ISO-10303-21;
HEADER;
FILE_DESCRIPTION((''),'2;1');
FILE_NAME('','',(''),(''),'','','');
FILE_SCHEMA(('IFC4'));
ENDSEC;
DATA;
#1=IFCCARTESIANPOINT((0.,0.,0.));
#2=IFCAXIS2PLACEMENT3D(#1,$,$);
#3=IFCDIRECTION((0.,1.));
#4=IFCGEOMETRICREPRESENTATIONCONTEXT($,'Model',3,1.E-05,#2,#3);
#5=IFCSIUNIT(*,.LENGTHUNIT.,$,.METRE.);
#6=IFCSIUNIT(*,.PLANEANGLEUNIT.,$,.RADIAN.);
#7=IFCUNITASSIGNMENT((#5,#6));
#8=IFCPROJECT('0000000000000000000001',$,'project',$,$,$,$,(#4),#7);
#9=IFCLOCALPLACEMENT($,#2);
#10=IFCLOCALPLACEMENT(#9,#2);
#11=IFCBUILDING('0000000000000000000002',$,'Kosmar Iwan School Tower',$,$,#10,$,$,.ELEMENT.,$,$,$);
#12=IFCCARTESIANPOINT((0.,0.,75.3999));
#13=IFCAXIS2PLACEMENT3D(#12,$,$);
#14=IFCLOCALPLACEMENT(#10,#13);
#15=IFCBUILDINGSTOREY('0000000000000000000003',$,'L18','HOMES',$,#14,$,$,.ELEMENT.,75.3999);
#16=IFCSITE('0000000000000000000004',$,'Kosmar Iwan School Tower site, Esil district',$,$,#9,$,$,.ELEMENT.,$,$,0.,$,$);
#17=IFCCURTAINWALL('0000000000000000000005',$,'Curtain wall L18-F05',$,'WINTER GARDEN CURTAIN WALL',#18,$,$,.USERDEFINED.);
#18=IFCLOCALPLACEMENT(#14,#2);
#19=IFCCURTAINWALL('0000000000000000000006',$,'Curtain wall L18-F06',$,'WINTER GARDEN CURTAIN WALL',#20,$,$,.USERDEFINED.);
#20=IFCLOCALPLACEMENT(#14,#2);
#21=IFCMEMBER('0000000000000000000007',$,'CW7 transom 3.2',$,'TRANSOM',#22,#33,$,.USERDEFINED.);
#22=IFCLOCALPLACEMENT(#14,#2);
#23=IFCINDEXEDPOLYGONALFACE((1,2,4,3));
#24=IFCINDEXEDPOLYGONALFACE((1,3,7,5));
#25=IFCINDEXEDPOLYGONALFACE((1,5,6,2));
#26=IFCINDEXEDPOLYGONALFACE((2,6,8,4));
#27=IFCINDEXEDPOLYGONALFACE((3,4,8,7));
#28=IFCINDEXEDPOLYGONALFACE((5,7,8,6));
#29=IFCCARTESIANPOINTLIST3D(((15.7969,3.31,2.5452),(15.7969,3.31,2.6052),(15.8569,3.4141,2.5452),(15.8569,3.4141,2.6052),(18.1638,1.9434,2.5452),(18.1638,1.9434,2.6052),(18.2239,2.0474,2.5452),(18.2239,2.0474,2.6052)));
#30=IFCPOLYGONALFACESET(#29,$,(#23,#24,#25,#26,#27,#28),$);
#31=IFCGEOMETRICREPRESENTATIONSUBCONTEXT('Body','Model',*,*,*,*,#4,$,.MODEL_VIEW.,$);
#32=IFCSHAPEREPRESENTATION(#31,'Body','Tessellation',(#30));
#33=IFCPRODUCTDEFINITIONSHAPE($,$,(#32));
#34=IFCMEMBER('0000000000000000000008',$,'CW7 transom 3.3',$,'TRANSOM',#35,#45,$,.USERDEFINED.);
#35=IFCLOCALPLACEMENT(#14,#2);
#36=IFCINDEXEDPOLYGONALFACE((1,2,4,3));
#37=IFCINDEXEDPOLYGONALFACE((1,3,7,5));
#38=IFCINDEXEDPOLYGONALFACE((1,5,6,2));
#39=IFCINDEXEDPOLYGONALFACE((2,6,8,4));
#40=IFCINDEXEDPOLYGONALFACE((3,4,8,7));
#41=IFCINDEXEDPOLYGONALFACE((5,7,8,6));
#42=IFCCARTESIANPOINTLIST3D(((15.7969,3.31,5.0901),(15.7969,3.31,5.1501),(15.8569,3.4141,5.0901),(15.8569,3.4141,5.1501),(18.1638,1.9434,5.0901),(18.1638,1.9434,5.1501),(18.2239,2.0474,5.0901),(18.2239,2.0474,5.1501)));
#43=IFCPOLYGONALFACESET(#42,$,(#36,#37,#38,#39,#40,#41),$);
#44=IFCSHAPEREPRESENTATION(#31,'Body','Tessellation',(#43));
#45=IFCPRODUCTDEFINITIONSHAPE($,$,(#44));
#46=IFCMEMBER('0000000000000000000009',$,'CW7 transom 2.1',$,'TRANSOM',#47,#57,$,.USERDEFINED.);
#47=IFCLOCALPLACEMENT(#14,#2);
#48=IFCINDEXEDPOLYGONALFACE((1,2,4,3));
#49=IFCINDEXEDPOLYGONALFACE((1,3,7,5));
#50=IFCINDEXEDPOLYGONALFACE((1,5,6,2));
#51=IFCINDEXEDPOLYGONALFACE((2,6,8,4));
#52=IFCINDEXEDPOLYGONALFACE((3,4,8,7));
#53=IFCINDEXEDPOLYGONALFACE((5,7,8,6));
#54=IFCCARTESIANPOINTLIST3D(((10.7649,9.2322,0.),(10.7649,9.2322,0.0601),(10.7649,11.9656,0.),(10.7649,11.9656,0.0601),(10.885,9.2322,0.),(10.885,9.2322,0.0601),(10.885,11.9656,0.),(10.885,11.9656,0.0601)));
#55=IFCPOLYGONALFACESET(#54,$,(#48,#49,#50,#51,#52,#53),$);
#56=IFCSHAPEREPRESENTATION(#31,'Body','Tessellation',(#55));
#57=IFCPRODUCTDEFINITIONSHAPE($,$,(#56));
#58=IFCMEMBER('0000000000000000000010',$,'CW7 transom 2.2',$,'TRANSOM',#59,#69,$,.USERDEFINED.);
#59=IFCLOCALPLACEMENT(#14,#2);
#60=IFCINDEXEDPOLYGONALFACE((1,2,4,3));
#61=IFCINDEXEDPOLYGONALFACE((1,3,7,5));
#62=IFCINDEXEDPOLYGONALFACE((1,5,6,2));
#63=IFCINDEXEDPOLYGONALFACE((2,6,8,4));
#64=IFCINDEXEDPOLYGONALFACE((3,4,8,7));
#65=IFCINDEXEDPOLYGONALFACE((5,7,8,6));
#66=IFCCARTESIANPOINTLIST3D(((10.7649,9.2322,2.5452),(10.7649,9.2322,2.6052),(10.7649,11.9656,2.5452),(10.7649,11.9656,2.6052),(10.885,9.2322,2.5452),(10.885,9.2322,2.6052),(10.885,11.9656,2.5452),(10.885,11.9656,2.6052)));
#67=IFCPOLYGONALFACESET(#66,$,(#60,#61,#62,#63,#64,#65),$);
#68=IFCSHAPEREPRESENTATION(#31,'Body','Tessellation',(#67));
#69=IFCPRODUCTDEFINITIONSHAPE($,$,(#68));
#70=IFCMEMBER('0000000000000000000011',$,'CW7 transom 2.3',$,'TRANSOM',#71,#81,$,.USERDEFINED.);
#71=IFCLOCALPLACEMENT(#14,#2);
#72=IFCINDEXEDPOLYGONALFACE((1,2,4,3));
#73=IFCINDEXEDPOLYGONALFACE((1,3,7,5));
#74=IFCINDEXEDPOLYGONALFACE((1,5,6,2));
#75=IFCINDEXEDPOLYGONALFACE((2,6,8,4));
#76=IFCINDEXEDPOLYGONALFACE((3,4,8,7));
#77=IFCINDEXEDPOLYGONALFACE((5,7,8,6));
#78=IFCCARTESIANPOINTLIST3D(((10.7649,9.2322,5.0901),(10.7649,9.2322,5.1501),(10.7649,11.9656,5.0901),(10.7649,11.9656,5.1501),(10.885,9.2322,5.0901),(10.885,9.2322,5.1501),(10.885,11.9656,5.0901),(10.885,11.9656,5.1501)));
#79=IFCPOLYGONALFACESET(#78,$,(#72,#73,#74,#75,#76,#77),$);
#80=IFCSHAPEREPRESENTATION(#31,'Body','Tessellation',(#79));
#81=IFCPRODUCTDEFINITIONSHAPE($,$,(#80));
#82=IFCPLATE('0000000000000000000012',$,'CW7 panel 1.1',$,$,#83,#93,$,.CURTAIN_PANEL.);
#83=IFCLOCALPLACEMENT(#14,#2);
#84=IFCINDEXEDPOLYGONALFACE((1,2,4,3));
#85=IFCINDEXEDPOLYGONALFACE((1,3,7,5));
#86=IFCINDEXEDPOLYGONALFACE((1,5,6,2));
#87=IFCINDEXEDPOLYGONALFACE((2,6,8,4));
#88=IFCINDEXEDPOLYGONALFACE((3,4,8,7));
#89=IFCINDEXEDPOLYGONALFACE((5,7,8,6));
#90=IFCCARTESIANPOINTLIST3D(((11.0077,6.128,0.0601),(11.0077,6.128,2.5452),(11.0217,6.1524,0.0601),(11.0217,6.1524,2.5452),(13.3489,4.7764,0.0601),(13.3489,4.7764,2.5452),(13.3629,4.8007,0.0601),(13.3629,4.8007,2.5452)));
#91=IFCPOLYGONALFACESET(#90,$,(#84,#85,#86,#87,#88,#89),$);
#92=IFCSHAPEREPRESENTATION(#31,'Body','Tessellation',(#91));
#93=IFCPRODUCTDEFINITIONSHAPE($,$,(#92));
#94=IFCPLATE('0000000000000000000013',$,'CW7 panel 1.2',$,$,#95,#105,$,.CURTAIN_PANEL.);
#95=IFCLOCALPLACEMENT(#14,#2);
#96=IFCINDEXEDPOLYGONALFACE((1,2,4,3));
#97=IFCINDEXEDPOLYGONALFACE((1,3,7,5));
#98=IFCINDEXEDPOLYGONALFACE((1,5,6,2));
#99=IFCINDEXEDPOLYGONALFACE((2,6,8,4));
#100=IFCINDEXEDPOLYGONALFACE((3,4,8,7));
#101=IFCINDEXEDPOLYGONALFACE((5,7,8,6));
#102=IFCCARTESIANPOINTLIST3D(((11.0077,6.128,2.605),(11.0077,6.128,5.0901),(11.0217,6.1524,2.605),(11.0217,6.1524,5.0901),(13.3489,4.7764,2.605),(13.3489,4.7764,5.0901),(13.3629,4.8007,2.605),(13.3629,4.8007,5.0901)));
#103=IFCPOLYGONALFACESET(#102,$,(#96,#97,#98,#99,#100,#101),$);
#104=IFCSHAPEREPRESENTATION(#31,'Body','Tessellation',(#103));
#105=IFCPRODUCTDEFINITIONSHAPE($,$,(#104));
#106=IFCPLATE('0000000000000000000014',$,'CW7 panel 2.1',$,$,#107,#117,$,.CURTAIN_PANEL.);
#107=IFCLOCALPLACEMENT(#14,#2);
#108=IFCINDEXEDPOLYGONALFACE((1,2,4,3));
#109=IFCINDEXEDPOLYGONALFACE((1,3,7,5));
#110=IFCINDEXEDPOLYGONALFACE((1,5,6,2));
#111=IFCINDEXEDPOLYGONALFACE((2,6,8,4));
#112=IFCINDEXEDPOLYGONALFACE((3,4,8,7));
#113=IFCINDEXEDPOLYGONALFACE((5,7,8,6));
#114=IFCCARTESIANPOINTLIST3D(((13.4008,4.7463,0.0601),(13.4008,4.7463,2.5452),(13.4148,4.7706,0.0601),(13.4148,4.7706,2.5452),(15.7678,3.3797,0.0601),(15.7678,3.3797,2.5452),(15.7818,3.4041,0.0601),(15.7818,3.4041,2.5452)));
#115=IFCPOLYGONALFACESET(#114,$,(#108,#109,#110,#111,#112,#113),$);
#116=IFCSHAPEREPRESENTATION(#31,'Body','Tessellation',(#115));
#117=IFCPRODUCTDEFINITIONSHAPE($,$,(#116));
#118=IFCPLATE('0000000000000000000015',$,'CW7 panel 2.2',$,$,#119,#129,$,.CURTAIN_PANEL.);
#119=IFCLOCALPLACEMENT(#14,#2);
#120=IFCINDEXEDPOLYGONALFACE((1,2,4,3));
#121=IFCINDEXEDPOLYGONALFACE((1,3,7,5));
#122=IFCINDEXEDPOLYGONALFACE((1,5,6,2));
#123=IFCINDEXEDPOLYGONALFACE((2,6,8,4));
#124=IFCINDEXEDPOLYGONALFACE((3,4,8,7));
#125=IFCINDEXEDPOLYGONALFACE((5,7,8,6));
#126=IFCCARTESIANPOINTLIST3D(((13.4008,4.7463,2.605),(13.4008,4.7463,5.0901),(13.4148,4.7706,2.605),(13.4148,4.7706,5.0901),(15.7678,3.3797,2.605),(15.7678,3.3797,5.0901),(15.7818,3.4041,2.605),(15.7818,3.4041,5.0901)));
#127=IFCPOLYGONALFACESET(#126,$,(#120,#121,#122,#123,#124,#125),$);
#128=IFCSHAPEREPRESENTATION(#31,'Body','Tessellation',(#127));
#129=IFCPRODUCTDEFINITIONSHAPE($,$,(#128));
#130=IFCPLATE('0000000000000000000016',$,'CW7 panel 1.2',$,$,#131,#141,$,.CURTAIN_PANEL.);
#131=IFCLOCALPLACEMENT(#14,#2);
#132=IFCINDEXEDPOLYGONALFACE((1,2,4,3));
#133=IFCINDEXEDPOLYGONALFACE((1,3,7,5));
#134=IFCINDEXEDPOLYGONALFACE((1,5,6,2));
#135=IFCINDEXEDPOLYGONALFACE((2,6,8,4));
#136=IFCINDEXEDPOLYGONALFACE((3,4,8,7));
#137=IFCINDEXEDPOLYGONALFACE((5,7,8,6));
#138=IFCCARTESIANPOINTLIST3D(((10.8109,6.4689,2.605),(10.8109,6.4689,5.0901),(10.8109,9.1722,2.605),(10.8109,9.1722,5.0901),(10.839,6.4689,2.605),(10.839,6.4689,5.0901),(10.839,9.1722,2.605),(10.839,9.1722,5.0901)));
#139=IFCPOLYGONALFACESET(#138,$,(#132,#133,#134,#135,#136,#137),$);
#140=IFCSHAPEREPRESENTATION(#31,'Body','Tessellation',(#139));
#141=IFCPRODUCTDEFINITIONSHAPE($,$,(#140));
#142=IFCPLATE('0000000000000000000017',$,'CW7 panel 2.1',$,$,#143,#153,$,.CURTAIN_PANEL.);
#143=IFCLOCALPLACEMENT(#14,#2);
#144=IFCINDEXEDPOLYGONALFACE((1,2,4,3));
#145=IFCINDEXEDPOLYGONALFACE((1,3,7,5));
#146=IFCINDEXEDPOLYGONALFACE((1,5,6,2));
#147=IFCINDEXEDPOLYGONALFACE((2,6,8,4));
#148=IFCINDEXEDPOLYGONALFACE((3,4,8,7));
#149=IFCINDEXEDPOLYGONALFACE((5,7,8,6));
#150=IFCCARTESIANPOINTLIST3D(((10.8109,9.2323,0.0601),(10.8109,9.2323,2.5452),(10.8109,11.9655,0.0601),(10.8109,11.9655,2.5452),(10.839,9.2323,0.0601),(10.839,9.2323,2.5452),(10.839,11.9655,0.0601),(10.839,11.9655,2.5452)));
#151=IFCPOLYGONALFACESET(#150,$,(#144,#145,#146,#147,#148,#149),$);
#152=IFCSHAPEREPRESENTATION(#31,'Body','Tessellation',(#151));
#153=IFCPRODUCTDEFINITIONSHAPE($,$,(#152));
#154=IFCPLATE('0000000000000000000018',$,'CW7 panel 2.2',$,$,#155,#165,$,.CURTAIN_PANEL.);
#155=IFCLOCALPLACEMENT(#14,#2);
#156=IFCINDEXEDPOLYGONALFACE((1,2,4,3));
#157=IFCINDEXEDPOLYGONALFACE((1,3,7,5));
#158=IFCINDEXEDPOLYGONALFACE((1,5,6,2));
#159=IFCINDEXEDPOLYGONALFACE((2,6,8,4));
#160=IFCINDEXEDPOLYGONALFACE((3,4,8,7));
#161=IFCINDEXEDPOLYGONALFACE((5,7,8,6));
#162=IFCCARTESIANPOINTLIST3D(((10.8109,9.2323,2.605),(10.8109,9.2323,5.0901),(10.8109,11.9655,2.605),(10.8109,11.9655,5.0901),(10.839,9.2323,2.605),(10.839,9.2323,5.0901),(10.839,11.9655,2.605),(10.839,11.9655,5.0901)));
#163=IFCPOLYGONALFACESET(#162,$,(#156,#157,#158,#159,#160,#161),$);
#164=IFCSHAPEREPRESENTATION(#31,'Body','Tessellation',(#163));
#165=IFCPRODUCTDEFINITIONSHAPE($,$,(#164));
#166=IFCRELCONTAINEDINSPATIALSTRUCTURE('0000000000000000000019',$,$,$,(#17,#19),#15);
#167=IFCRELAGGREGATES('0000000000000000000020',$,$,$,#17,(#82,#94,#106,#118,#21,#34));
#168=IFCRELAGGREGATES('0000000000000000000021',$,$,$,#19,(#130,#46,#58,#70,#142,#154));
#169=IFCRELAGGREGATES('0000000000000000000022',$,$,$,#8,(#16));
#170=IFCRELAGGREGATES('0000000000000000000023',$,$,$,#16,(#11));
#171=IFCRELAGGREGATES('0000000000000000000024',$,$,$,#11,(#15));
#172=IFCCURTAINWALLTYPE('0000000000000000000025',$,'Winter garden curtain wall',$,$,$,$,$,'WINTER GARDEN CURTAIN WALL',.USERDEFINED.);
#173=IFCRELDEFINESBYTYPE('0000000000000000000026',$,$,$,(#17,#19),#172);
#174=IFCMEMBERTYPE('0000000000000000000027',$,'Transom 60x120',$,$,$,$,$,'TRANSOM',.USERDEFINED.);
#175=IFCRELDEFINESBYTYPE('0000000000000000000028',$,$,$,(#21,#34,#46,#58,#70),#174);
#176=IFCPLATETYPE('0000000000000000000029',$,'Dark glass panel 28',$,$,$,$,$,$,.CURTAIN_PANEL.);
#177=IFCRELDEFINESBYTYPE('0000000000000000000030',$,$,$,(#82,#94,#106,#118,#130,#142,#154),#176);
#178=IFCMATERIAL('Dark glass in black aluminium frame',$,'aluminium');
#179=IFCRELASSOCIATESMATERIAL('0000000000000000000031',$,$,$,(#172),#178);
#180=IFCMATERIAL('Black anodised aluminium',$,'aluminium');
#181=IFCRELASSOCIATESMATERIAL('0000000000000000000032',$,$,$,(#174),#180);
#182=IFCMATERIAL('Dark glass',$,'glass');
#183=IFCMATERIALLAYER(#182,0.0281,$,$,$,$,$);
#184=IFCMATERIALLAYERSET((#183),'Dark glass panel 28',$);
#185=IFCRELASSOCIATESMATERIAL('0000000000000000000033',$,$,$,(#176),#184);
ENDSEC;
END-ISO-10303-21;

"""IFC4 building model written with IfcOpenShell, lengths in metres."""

from ifc_helpers import new_model, si_unit, direction, frame, origin, origin_2d, place, context, subcontext, project, spatial, rectangle, extrude, material, layer, layer_set, material_profile, profile_set, type_object, element, aggregate, save


model = new_model("IFC4")

# Units and contexts
model_context = context("Model", 3, precision=1e-05, world=origin(), true_north=direction((0.0, 1.0)))
body_context = subcontext(model_context, "Body", "Model", "MODEL_VIEW")
ifc_project = project(units=[si_unit("LENGTHUNIT", "METRE"), si_unit("PLANEANGLEUNIT", "RADIAN")], contexts=[model_context])

# Site, building, storey
site_placement = place(None, origin())
site = spatial("IfcSite", under=ifc_project, at=site_placement, Name="Kosmar Iwan School Tower site, Esil district", CompositionType="ELEMENT", RefElevation=0.0)
building_placement = place(site_placement, origin())
building = spatial("IfcBuilding", under=site, at=building_placement, Name="Kosmar Iwan School Tower", CompositionType="ELEMENT")
storey_placement = place(building_placement, frame((0.0, 0.0, 75.3999)))
storey = spatial("IfcBuildingStorey", under=building, at=storey_placement, Name="L18", Description="HOMES", CompositionType="ELEMENT", Elevation=75.3999)

# Curtain walls
ifc_material_1 = material(Name="Dark glass in black aluminium frame", Category="aluminium")
curtain_wall_type = type_object("IfcCurtainWallType", Name="Winter garden curtain wall", ElementType="WINTER GARDEN CURTAIN WALL", PredefinedType="USERDEFINED", material=ifc_material_1)
curtain_wall_1_placement = place(storey_placement, origin())
curtain_wall_1 = element("IfcCurtainWall", 1, at=curtain_wall_1_placement, inside=storey, type_object=curtain_wall_type, Name="Curtain wall L18-F05", ObjectType="WINTER GARDEN CURTAIN WALL", PredefinedType="USERDEFINED")
curtain_wall_2_placement = place(storey_placement, origin())
curtain_wall_2 = element("IfcCurtainWall", 2, at=curtain_wall_2_placement, inside=storey, type_object=curtain_wall_type, Name="Curtain wall L18-F06", ObjectType="WINTER GARDEN CURTAIN WALL", PredefinedType="USERDEFINED")

# Members
ifc_material_2 = material(Name="Black anodised aluminium", Category="aluminium")
ifc_material_profile_1 = material_profile(ifc_material_2, rectangle(XDim=0.1201, YDim=0.0601, at=origin_2d()), Name="TRANSOM 60x120")
ifc_profile_set_1 = profile_set([ifc_material_profile_1], Name="Black anodised aluminium")
member_type_1 = type_object("IfcMemberType", Name="Transom 60x120", ElementType="TRANSOM", PredefinedType="USERDEFINED", material=ifc_profile_set_1)
member_1_placement = place(storey_placement, frame((15.8269, 3.3621, 2.5752), z_axis=(0.866003, -0.500039, 0.0), x_axis=(0.500039, 0.866003, 0.0)))
member_1 = element("IfcMember", 3, at=member_1_placement, type_object=member_type_1, Name="CW7 transom 3.2", ObjectType="TRANSOM", PredefinedType="USERDEFINED", context=body_context, shape_type="SweptSolid", body=[
    extrude(rectangle(XDim=0.1201, YDim=0.0601, at=origin_2d()), origin(), (0.0, 0.0, 1.0), 2.7332),
])
member_2_placement = place(storey_placement, frame((15.8269, 3.3621, 5.1201), z_axis=(0.866003, -0.500039, 0.0), x_axis=(0.500039, 0.866003, 0.0)))
member_2 = element("IfcMember", 4, at=member_2_placement, type_object=member_type_1, Name="CW7 transom 3.3", ObjectType="TRANSOM", PredefinedType="USERDEFINED", context=body_context, shape_type="SweptSolid", body=[
    extrude(rectangle(XDim=0.1201, YDim=0.0601, at=origin_2d()), origin(), (0.0, 0.0, 1.0), 2.7332),
])
member_3_placement = place(storey_placement, frame((10.825, 9.2322, 0.03), z_axis=(0.0, 1.0, 0.0), x_axis=(-1.0, 0.0, 0.0)))
member_3 = element("IfcMember", 5, at=member_3_placement, type_object=member_type_1, Name="CW7 transom 2.1", ObjectType="TRANSOM", PredefinedType="USERDEFINED", context=body_context, shape_type="SweptSolid", body=[
    extrude(rectangle(XDim=0.1201, YDim=0.0601, at=origin_2d()), origin(), (0.0, 0.0, 1.0), 2.7334),
])
member_4_placement = place(storey_placement, frame((10.825, 9.2322, 2.5752), z_axis=(0.0, 1.0, 0.0), x_axis=(-1.0, 0.0, 0.0)))
member_4 = element("IfcMember", 6, at=member_4_placement, type_object=member_type_1, Name="CW7 transom 2.2", ObjectType="TRANSOM", PredefinedType="USERDEFINED", context=body_context, shape_type="SweptSolid", body=[
    extrude(rectangle(XDim=0.1201, YDim=0.0601, at=origin_2d()), origin(), (0.0, 0.0, 1.0), 2.7334),
])
member_5_placement = place(storey_placement, frame((10.825, 9.2322, 5.1201), z_axis=(0.0, 1.0, 0.0), x_axis=(-1.0, 0.0, 0.0)))
member_5 = element("IfcMember", 7, at=member_5_placement, type_object=member_type_1, Name="CW7 transom 2.3", ObjectType="TRANSOM", PredefinedType="USERDEFINED", context=body_context, shape_type="SweptSolid", body=[
    extrude(rectangle(XDim=0.1201, YDim=0.0601, at=origin_2d()), origin(), (0.0, 0.0, 1.0), 2.7334),
])

# Plates
ifc_material_3 = material(Name="Dark glass", Category="glass")
ifc_layer = layer(ifc_material_3, 0.0281)
ifc_layer_set = layer_set([ifc_layer], Name="Dark glass panel 28")
plate_type = type_object("IfcPlateType", Name="Dark glass panel 28", PredefinedType="CURTAIN_PANEL", material=ifc_layer_set)
plate_1_placement = place(storey_placement, frame((12.1853, 5.4644, 0.0601), z_axis=(0.0, 0.0, 1.0), x_axis=(0.866025, -0.5, 0.0)))
plate_1 = element("IfcPlate", 8, at=plate_1_placement, type_object=plate_type, Name="CW7 panel 1.1", PredefinedType="CURTAIN_PANEL", context=body_context, shape_type="SweptSolid", body=[
    extrude(rectangle(XDim=2.7034, YDim=0.0281, at=origin_2d()), origin(), (0.0, 0.0, 1.0), 2.4851),
])
plate_2_placement = place(storey_placement, frame((12.1853, 5.4644, 2.605), z_axis=(0.0, 0.0, 1.0), x_axis=(0.866025, -0.5, 0.0)))
plate_2 = element("IfcPlate", 9, at=plate_2_placement, type_object=plate_type, Name="CW7 panel 1.2", PredefinedType="CURTAIN_PANEL", context=body_context, shape_type="SweptSolid", body=[
    extrude(rectangle(XDim=2.7034, YDim=0.0281, at=origin_2d()), origin(), (0.0, 0.0, 1.0), 2.4851),
])
plate_3_placement = place(storey_placement, frame((14.5913, 4.0752, 0.0601), z_axis=(0.0, 0.0, 1.0), x_axis=(0.866025, -0.5, 0.0)))
plate_3 = element("IfcPlate", 10, at=plate_3_placement, type_object=plate_type, Name="CW7 panel 2.1", PredefinedType="CURTAIN_PANEL", context=body_context, shape_type="SweptSolid", body=[
    extrude(rectangle(XDim=2.7332, YDim=0.0281, at=origin_2d()), origin(), (0.0, 0.0, 1.0), 2.4851),
])
plate_4_placement = place(storey_placement, frame((14.5913, 4.0752, 2.605), z_axis=(0.0, 0.0, 1.0), x_axis=(0.866025, -0.5, 0.0)))
plate_4 = element("IfcPlate", 11, at=plate_4_placement, type_object=plate_type, Name="CW7 panel 2.2", PredefinedType="CURTAIN_PANEL", context=body_context, shape_type="SweptSolid", body=[
    extrude(rectangle(XDim=2.7332, YDim=0.0281, at=origin_2d()), origin(), (0.0, 0.0, 1.0), 2.4851),
])
aggregate(curtain_wall_1, [plate_1, plate_2, plate_3, plate_4, member_1, member_2])
plate_5_placement = place(storey_placement, frame((10.825, 7.8206, 2.605), z_axis=(0.0, 0.0, 1.0), x_axis=(0.0, 1.0, 0.0)))
plate_5 = element("IfcPlate", 12, at=plate_5_placement, type_object=plate_type, Name="CW7 panel 1.2", PredefinedType="CURTAIN_PANEL", context=body_context, shape_type="SweptSolid", body=[
    extrude(rectangle(XDim=2.7034, YDim=0.0281, at=origin_2d()), origin(), (0.0, 0.0, 1.0), 2.4851),
])
plate_6_placement = place(storey_placement, frame((10.825, 10.5989, 0.0601), z_axis=(0.0, 0.0, 1.0), x_axis=(0.0, 1.0, 0.0)))
plate_6 = element("IfcPlate", 13, at=plate_6_placement, type_object=plate_type, Name="CW7 panel 2.1", PredefinedType="CURTAIN_PANEL", context=body_context, shape_type="SweptSolid", body=[
    extrude(rectangle(XDim=2.7332, YDim=0.0281, at=origin_2d()), origin(), (0.0, 0.0, 1.0), 2.4851),
])
plate_7_placement = place(storey_placement, frame((10.825, 10.5989, 2.605), z_axis=(0.0, 0.0, 1.0), x_axis=(0.0, 1.0, 0.0)))
plate_7 = element("IfcPlate", 14, at=plate_7_placement, type_object=plate_type, Name="CW7 panel 2.2", PredefinedType="CURTAIN_PANEL", context=body_context, shape_type="SweptSolid", body=[
    extrude(rectangle(XDim=2.7332, YDim=0.0281, at=origin_2d()), origin(), (0.0, 0.0, 1.0), 2.4851),
])
aggregate(curtain_wall_2, [plate_5, member_3, member_4, member_5, plate_6, plate_7])

save(model, "model.ifc")
